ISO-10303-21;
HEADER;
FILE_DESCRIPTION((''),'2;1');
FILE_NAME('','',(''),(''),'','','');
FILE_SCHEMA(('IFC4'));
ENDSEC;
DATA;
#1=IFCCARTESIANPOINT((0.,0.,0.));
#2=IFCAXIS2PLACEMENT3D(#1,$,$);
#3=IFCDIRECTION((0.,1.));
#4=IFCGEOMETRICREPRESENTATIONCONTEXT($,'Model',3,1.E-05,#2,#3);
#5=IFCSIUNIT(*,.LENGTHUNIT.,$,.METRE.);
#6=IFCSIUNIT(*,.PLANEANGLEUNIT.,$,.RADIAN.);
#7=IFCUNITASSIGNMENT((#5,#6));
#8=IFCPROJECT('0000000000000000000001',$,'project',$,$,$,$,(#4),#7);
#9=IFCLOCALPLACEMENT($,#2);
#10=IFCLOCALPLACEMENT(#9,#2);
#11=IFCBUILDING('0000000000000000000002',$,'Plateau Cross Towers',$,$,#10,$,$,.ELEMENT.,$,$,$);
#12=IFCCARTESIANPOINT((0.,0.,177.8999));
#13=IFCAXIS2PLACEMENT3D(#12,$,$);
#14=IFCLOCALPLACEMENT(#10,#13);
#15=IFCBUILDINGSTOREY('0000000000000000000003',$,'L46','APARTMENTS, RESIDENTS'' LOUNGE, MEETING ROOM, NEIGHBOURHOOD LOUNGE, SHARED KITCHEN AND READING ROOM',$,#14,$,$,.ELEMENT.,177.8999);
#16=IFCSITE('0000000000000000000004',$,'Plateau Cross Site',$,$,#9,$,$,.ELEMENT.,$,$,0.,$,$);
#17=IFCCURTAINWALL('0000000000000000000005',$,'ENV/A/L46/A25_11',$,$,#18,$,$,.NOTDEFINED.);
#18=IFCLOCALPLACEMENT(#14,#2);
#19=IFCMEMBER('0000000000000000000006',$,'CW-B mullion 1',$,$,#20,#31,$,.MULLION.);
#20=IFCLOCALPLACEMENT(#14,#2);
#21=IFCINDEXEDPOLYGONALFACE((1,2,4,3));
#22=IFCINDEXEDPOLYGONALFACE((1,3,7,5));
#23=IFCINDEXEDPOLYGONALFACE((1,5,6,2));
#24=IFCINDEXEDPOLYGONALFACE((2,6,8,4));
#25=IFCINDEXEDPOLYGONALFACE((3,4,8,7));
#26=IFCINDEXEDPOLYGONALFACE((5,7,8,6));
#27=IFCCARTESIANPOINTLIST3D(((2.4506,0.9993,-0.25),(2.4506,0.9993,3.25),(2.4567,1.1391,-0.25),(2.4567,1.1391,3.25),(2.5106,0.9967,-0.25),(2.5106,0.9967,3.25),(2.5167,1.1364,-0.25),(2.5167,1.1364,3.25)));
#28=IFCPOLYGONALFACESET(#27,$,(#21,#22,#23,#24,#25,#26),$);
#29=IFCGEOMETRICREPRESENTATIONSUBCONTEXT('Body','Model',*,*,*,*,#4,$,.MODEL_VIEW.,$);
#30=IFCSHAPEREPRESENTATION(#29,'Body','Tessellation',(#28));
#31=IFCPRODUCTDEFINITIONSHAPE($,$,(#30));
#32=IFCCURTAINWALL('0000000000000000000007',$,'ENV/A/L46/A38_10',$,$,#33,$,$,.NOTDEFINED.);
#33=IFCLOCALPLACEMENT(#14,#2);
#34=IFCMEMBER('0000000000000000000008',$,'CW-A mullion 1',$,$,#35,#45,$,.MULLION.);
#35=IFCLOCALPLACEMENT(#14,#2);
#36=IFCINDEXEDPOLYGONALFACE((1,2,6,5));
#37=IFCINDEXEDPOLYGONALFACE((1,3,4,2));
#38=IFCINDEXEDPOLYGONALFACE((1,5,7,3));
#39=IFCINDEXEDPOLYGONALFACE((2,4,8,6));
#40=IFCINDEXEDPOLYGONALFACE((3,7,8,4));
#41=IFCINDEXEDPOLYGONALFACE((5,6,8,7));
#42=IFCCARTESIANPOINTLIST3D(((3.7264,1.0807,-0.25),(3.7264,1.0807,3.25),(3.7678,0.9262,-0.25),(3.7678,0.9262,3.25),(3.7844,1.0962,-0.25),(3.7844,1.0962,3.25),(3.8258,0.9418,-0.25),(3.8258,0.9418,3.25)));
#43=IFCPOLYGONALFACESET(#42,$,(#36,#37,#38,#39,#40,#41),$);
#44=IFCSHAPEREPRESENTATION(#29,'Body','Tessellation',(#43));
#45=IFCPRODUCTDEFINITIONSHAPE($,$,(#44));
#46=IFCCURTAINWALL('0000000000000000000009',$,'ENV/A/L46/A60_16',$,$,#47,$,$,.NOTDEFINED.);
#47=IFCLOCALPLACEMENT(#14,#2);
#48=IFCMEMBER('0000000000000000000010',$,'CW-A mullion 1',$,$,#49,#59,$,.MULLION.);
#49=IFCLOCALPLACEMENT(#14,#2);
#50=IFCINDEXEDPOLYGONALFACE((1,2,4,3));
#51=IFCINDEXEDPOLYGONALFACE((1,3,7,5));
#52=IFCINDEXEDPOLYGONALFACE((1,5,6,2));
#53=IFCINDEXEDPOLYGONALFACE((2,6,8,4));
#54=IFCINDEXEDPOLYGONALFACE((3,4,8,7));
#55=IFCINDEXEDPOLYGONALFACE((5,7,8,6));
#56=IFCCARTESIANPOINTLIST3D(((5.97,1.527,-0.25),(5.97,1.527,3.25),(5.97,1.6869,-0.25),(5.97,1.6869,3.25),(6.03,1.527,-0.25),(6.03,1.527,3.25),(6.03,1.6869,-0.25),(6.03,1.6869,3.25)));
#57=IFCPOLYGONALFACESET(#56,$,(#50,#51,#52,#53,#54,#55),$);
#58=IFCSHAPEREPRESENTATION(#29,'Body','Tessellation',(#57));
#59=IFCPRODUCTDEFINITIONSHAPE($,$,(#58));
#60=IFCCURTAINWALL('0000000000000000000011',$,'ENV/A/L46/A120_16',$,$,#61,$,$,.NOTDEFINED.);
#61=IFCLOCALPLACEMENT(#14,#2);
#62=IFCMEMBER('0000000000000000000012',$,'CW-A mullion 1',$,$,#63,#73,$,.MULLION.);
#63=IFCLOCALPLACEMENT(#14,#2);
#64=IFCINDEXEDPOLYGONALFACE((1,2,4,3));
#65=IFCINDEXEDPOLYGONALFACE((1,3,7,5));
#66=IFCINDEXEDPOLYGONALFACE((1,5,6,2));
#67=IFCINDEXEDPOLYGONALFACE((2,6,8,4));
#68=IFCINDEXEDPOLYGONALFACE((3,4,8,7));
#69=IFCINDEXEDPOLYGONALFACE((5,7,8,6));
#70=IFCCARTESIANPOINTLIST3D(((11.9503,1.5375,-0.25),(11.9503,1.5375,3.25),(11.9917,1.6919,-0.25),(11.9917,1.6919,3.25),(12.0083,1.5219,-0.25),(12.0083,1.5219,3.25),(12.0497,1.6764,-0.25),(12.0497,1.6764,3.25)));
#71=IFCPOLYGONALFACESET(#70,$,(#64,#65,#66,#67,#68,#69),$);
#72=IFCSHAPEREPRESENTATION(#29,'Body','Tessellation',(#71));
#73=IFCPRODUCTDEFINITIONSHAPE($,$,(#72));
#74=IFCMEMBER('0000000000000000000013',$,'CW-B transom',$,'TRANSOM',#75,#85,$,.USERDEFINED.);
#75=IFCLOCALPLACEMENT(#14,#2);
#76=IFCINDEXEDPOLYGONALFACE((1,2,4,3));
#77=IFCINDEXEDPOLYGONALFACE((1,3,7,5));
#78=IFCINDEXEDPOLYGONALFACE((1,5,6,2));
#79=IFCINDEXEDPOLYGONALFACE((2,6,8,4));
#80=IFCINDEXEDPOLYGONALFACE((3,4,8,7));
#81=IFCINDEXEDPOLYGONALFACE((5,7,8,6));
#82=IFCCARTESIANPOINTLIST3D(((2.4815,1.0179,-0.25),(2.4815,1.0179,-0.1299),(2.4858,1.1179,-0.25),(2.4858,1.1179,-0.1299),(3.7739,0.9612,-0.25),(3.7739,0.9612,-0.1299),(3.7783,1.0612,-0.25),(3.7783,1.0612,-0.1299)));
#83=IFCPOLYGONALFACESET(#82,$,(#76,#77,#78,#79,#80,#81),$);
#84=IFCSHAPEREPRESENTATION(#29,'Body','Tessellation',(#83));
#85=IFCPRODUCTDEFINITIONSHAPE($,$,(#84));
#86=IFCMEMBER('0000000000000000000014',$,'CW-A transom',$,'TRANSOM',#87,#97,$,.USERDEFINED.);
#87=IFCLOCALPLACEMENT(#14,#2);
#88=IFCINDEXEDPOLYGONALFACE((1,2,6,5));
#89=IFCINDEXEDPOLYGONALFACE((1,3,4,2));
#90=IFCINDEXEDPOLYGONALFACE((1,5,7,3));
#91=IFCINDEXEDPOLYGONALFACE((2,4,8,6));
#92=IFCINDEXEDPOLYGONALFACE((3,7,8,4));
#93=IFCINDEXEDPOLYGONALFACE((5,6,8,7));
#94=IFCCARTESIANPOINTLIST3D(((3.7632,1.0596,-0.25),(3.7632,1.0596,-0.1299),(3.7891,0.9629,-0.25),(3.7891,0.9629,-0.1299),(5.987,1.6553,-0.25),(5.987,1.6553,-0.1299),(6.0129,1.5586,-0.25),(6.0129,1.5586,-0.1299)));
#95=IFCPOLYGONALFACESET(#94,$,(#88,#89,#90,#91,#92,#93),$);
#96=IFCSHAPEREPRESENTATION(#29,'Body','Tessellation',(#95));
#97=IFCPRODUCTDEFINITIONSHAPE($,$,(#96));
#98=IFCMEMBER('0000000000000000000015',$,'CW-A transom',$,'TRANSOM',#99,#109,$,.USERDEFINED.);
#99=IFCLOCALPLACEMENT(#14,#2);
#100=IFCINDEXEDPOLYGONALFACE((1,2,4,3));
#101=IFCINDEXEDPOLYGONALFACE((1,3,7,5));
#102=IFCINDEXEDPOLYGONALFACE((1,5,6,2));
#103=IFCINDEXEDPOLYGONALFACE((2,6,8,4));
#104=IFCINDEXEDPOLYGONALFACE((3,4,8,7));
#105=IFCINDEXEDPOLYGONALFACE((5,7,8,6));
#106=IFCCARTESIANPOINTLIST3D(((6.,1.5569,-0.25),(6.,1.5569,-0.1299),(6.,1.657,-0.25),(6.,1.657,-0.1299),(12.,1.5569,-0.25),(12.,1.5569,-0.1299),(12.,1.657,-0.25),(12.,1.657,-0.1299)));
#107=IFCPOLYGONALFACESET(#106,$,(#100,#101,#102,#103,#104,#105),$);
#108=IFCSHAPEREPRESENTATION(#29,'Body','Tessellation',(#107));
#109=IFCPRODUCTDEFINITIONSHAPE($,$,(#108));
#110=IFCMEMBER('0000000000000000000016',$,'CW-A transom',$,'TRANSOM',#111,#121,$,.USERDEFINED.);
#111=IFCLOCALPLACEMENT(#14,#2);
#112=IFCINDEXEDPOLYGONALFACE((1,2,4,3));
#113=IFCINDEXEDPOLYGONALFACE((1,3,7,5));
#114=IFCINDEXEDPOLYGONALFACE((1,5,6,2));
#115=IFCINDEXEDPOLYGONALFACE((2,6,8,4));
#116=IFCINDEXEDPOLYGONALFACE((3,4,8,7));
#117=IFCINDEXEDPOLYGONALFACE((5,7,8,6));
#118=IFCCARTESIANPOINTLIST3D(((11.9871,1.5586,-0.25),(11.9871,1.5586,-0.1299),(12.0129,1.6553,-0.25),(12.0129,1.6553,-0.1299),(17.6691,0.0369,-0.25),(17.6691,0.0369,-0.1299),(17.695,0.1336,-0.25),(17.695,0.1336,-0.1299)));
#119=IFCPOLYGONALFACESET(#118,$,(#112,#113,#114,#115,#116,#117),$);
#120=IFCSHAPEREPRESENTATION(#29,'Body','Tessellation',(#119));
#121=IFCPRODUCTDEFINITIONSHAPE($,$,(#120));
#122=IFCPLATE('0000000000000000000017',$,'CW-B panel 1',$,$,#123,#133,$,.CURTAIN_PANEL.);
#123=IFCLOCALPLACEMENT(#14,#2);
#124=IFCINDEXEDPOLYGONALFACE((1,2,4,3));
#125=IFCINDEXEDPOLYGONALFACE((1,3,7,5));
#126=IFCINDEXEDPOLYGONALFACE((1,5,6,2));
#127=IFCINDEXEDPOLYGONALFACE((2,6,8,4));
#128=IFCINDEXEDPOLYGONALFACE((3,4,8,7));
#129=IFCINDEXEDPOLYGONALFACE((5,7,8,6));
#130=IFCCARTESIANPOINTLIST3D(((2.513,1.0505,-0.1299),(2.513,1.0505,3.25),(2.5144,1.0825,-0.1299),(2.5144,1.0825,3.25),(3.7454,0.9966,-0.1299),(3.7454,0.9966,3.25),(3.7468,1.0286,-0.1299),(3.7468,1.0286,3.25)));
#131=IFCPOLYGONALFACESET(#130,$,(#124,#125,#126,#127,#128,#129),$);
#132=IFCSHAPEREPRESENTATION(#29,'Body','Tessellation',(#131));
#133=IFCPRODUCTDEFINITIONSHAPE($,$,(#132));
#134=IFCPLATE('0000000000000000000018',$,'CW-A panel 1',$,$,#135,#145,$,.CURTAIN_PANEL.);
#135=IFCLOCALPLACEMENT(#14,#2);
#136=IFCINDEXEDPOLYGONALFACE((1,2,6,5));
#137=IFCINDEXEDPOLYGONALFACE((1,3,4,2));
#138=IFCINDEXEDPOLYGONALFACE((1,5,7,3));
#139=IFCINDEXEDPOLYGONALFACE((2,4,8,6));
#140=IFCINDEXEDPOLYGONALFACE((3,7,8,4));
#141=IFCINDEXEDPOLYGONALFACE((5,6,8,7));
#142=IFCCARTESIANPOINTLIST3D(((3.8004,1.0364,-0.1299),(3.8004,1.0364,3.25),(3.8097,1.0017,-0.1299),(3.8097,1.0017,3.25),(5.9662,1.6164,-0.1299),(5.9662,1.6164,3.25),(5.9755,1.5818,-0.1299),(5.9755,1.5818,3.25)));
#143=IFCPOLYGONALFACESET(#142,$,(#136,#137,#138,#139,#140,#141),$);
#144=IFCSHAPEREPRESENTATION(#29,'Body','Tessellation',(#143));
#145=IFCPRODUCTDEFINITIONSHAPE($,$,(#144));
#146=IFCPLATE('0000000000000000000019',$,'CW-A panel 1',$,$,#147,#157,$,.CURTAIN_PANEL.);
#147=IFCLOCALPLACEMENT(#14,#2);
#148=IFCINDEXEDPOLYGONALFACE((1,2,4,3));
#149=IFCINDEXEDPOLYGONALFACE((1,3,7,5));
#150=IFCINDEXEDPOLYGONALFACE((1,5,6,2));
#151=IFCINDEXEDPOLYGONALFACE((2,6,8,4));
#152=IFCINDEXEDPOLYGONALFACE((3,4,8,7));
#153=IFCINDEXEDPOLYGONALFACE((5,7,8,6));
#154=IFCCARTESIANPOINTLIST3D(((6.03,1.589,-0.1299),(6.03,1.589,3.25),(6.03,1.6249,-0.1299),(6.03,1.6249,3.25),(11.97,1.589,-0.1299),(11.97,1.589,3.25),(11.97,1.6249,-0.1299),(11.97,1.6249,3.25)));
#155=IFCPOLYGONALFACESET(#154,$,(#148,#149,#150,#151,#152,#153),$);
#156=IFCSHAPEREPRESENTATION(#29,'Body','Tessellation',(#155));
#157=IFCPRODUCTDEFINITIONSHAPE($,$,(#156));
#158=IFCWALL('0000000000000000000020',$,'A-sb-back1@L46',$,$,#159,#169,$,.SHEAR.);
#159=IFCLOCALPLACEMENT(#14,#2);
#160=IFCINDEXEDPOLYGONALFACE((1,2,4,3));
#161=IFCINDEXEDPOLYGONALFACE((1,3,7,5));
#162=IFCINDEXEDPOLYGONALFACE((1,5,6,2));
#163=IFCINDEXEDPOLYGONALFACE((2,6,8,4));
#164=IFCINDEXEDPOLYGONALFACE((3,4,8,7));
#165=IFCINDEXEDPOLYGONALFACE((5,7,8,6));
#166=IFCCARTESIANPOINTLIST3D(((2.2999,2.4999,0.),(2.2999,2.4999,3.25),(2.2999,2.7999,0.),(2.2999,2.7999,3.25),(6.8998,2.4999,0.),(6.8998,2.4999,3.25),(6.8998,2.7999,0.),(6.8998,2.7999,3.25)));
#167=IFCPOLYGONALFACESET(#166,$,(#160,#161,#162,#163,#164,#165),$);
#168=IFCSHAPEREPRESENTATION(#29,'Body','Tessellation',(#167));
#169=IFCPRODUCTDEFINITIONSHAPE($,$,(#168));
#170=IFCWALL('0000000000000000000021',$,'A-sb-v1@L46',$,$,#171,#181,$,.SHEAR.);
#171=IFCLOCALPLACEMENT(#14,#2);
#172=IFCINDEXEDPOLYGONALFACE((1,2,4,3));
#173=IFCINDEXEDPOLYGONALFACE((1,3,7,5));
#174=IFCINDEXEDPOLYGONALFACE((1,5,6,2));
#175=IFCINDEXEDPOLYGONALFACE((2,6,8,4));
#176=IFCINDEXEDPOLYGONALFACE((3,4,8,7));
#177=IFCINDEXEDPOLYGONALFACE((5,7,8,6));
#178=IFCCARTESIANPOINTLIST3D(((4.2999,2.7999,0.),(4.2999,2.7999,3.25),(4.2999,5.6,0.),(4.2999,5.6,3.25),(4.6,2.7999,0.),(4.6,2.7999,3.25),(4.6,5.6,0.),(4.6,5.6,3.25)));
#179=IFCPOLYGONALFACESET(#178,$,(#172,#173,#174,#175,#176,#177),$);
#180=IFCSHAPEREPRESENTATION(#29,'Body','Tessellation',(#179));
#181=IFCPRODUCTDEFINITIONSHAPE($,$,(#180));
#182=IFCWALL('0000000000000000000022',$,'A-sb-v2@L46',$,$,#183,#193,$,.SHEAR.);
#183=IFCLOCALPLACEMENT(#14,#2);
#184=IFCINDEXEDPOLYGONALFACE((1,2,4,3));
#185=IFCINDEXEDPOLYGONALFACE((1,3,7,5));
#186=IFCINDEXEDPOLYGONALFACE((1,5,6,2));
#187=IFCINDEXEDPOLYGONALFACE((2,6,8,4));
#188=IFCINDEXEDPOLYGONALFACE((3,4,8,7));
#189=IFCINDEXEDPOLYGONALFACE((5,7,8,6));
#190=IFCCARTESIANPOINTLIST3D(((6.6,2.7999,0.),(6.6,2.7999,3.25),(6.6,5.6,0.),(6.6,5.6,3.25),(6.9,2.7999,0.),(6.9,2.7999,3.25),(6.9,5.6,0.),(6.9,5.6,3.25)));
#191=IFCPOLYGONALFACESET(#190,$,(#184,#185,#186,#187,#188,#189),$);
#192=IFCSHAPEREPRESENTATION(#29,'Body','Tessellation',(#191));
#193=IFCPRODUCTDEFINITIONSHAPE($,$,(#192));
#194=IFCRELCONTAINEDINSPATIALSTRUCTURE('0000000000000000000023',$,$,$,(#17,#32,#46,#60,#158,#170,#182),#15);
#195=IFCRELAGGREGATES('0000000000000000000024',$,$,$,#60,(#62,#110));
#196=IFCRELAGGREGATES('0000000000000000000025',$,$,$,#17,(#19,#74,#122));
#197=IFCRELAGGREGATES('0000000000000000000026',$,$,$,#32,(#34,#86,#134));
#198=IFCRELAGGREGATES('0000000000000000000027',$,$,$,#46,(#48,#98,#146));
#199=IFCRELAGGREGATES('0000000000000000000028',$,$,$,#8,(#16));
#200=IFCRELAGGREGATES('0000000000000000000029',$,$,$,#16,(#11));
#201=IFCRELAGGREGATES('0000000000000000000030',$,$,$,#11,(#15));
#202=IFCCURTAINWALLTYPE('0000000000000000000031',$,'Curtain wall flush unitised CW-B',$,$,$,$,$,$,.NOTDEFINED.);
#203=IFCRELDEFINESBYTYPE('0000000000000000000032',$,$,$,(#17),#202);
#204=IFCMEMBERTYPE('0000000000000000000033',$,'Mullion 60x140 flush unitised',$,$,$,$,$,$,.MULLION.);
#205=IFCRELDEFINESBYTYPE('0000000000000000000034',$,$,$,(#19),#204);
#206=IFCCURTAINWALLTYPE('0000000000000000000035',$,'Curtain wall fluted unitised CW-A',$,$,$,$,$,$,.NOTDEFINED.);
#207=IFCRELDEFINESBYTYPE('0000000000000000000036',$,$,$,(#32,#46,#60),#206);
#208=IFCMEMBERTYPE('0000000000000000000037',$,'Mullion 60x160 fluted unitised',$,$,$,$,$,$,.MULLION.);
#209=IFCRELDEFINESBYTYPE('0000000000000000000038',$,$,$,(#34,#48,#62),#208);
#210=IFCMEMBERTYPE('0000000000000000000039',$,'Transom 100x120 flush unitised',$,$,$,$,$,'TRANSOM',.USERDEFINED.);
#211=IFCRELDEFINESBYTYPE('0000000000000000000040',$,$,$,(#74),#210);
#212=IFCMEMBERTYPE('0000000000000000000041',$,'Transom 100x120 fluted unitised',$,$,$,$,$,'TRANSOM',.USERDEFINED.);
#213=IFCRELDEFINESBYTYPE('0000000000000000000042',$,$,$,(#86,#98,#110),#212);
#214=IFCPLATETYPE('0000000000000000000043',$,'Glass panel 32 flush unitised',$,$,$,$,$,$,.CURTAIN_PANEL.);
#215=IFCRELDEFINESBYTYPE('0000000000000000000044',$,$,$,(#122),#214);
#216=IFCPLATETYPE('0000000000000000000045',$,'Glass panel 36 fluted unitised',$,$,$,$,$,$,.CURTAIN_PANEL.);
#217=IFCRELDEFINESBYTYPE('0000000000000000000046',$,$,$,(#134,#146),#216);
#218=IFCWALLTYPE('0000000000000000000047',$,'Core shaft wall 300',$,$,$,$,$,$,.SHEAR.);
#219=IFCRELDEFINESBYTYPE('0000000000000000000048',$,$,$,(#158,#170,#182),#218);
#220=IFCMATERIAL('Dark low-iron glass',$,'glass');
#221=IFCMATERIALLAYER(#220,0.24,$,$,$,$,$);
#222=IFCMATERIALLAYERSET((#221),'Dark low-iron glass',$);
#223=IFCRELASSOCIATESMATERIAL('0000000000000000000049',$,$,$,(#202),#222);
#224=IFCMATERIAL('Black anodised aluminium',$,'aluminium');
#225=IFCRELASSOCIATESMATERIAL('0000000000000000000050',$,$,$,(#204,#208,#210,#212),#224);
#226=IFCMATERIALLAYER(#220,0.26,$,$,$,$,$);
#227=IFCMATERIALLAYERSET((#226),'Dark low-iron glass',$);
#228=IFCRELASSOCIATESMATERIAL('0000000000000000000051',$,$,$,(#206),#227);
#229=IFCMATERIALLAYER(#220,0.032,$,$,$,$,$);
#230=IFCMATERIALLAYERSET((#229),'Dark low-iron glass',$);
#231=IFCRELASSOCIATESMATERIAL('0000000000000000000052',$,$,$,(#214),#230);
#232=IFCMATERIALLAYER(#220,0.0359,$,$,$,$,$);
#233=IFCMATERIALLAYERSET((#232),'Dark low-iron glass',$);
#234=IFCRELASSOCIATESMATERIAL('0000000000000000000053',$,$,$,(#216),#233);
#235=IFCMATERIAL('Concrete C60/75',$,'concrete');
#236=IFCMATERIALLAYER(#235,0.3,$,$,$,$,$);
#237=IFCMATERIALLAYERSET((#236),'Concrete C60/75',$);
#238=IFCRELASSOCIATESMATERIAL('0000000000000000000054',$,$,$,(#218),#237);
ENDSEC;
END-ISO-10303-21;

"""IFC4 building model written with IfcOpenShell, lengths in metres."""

from ifc_helpers import new_model, si_unit, direction, frame, frame_2d, origin, origin_2d, place, context, subcontext, project, spatial, rectangle, extrude, material, layer, layer_set, material_profile, profile_set, type_object, element, aggregate, save


model = new_model("IFC4")

# Units and contexts
model_context = context("Model", 3, precision=1e-05, world=origin(), true_north=direction((0.0, 1.0)))
body_context = subcontext(model_context, "Body", "Model", "MODEL_VIEW")
ifc_project = project(units=[si_unit("LENGTHUNIT", "METRE"), si_unit("PLANEANGLEUNIT", "RADIAN")], contexts=[model_context])

# Site, building, storey
site_placement = place(None, origin())
site = spatial("IfcSite", under=ifc_project, at=site_placement, Name="Plateau Cross Site", CompositionType="ELEMENT", RefElevation=0.0)
building_placement = place(site_placement, origin())
building = spatial("IfcBuilding", under=site, at=building_placement, Name="Plateau Cross Towers", CompositionType="ELEMENT")
storey_placement = place(building_placement, frame((0.0, 0.0, 177.8999)))
storey = spatial("IfcBuildingStorey", under=building, at=storey_placement, Name="L46", Description="APARTMENTS, RESIDENTS' LOUNGE, MEETING ROOM, NEIGHBOURHOOD LOUNGE, SHARED KITCHEN AND READING ROOM", CompositionType="ELEMENT", Elevation=177.8999)

# Curtain walls, members
ifc_material_1 = material(Name="Dark low-iron glass", Category="glass")
ifc_layer_1 = layer(ifc_material_1, 0.24)
ifc_layer_set_1 = layer_set([ifc_layer_1], Name="Dark low-iron glass")
curtain_wall_type_1 = type_object("IfcCurtainWallType", Name="Curtain wall flush unitised CW-B", PredefinedType="NOTDEFINED", material=ifc_layer_set_1)
curtain_wall_1_placement = place(storey_placement, origin())
curtain_wall_1 = element("IfcCurtainWall", 1, at=curtain_wall_1_placement, inside=storey, type_object=curtain_wall_type_1, Name="ENV/A/L46/A25_11", PredefinedType="NOTDEFINED")
ifc_material_2 = material(Name="Black anodised aluminium", Category="aluminium")
ifc_material_profile_1 = material_profile(ifc_material_2, rectangle(XDim=0.0601, YDim=0.1399, at=origin_2d()), Name="MULLION 60x140")
ifc_profile_set_1 = profile_set([ifc_material_profile_1], Name="Black anodised aluminium")
member_type_1 = type_object("IfcMemberType", Name="Mullion 60x140 flush unitised", PredefinedType="MULLION", material=ifc_profile_set_1)
member_1_placement = place(storey_placement, frame((2.4836, 1.0679, -0.25), z_axis=(0.0, 0.0, 1.0), x_axis=(0.999044, -0.043723, 0.0)))
member_1 = element("IfcMember", 2, at=member_1_placement, type_object=member_type_1, Name="CW-B mullion 1", PredefinedType="MULLION", context=body_context, shape_type="SweptSolid", body=[
    extrude(rectangle(XDim=0.0601, YDim=0.1399, at=origin_2d()), origin(), (0.0, 0.0, 1.0), 3.5),
])
ifc_layer_2 = layer(ifc_material_1, 0.26)
ifc_layer_set_2 = layer_set([ifc_layer_2], Name="Dark low-iron glass")
curtain_wall_type_2 = type_object("IfcCurtainWallType", Name="Curtain wall fluted unitised CW-A", PredefinedType="NOTDEFINED", material=ifc_layer_set_2)
curtain_wall_2_placement = place(storey_placement, origin())
curtain_wall_2 = element("IfcCurtainWall", 3, at=curtain_wall_2_placement, inside=storey, type_object=curtain_wall_type_2, Name="ENV/A/L46/A38_10", PredefinedType="NOTDEFINED")
ifc_material_profile_2 = material_profile(ifc_material_2, rectangle(XDim=0.0601, YDim=0.1599, at=origin_2d()), Name="MULLION 60x160")
ifc_profile_set_2 = profile_set([ifc_material_profile_2], Name="Black anodised aluminium")
member_type_2 = type_object("IfcMemberType", Name="Mullion 60x160 fluted unitised", PredefinedType="MULLION", material=ifc_profile_set_2)
member_2_placement = place(storey_placement, frame((3.7761, 1.0112, -0.25), z_axis=(0.0, 0.0, 1.0), x_axis=(0.965958, 0.258699, 0.0)))
member_2 = element("IfcMember", 4, at=member_2_placement, type_object=member_type_2, Name="CW-A mullion 1", PredefinedType="MULLION", context=body_context, shape_type="SweptSolid", body=[
    extrude(rectangle(XDim=0.0601, YDim=0.1599, at=origin_2d()), origin(), (0.0, 0.0, 1.0), 3.5),
])
curtain_wall_3_placement = place(storey_placement, origin())
curtain_wall_3 = element("IfcCurtainWall", 5, at=curtain_wall_3_placement, inside=storey, type_object=curtain_wall_type_2, Name="ENV/A/L46/A60_16", PredefinedType="NOTDEFINED")
member_3_placement = place(storey_placement, frame((6.0, 1.6069, -0.25), z_axis=(0.0, 0.0, 1.0), x_axis=(1.0, 0.0, 0.0)))
member_3 = element("IfcMember", 6, at=member_3_placement, type_object=member_type_2, Name="CW-A mullion 1", PredefinedType="MULLION", context=body_context, shape_type="SweptSolid", body=[
    extrude(rectangle(XDim=0.0601, YDim=0.1599, at=origin_2d()), origin(), (0.0, 0.0, 1.0), 3.5),
])
curtain_wall_4_placement = place(storey_placement, origin())
curtain_wall_4 = element("IfcCurtainWall", 7, at=curtain_wall_4_placement, inside=storey, type_object=curtain_wall_type_2, Name="ENV/A/L46/A120_16", PredefinedType="NOTDEFINED")
member_4_placement = place(storey_placement, frame((12.0, 1.6069, -0.25), z_axis=(0.0, 0.0, 1.0), x_axis=(0.965958, -0.258699, 0.0)))
member_4 = element("IfcMember", 8, at=member_4_placement, type_object=member_type_2, Name="CW-A mullion 1", PredefinedType="MULLION", context=body_context, shape_type="SweptSolid", body=[
    extrude(rectangle(XDim=0.0601, YDim=0.1599, at=origin_2d()), origin(), (0.0, 0.0, 1.0), 3.5),
])

# Members
ifc_material_profile_3 = material_profile(ifc_material_2, rectangle(XDim=0.1001, YDim=0.1201, at=origin_2d()), Name="TRANSOM 100x120")
ifc_profile_set_3 = profile_set([ifc_material_profile_3], Name="Black anodised aluminium")
member_type_3 = type_object("IfcMemberType", Name="Transom 100x120 flush unitised", ElementType="TRANSOM", PredefinedType="USERDEFINED", material=ifc_profile_set_3)
member_5_placement = place(storey_placement, frame((2.4836, 1.0679, -0.1899), z_axis=(0.999041, -0.043781, 0.0), x_axis=(0.043781, 0.999041, 0.0)))
member_5 = element("IfcMember", 9, at=member_5_placement, type_object=member_type_3, Name="CW-B transom", ObjectType="TRANSOM", PredefinedType="USERDEFINED", context=body_context, shape_type="SweptSolid", body=[
    extrude(rectangle(XDim=0.1001, YDim=0.1201, at=origin_2d()), origin(), (0.0, 0.0, 1.0), 1.2937),
])
ifc_material_profile_4 = material_profile(ifc_material_2, rectangle(XDim=0.1001, YDim=0.1201, at=origin_2d()), Name="TRANSOM 100x120")
ifc_profile_set_4 = profile_set([ifc_material_profile_4], Name="Black anodised aluminium")
member_type_4 = type_object("IfcMemberType", Name="Transom 100x120 fluted unitised", ElementType="TRANSOM", PredefinedType="USERDEFINED", material=ifc_profile_set_4)
member_6_placement = place(storey_placement, frame((3.7761, 1.0112, -0.1899), z_axis=(0.965946, 0.258745, 0.0), x_axis=(-0.258745, 0.965946, 0.0)))
member_6 = element("IfcMember", 10, at=member_6_placement, type_object=member_type_4, Name="CW-A transom", ObjectType="TRANSOM", PredefinedType="USERDEFINED", context=body_context, shape_type="SweptSolid", body=[
    extrude(rectangle(XDim=0.1001, YDim=0.1201, at=origin_2d()), origin(), (0.0, 0.0, 1.0), 2.3022),
])
member_7_placement = place(storey_placement, frame((6.0, 1.6069, -0.1899), z_axis=(1.0, 0.0, 0.0), x_axis=(0.0, 1.0, 0.0)))
member_7 = element("IfcMember", 11, at=member_7_placement, type_object=member_type_4, Name="CW-A transom", ObjectType="TRANSOM", PredefinedType="USERDEFINED", context=body_context, shape_type="SweptSolid", body=[
    extrude(rectangle(XDim=0.1001, YDim=0.1201, at=origin_2d()), origin(), (0.0, 0.0, 1.0), 6.0),
])
member_8_placement = place(storey_placement, frame((12.0, 1.6069, -0.1899), z_axis=(0.96596, -0.258693, 0.0), x_axis=(0.258693, 0.96596, 0.0)))
member_8 = element("IfcMember", 12, at=member_8_placement, type_object=member_type_4, Name="CW-A transom", ObjectType="TRANSOM", PredefinedType="USERDEFINED", context=body_context, shape_type="SweptSolid", body=[
    extrude(rectangle(XDim=0.1001, YDim=0.1201, at=origin_2d()), origin(), (0.0, 0.0, 1.0), 5.8823),
])
aggregate(curtain_wall_4, [member_4, member_8])

# Plates
ifc_layer_3 = layer(ifc_material_1, 0.032)
ifc_layer_set_3 = layer_set([ifc_layer_3], Name="Dark low-iron glass")
plate_type_1 = type_object("IfcPlateType", Name="Glass panel 32 flush unitised", PredefinedType="CURTAIN_PANEL", material=ifc_layer_set_3)
plate_1_placement = place(storey_placement, frame((3.1299, 1.0396, -0.1299), z_axis=(0.0, 0.0, 1.0), x_axis=(0.999044, -0.043723, 0.0)))
plate_1 = element("IfcPlate", 13, at=plate_1_placement, type_object=plate_type_1, Name="CW-B panel 1", PredefinedType="CURTAIN_PANEL", context=body_context, shape_type="SweptSolid", body=[
    extrude(rectangle(XDim=1.2336, YDim=0.032, at=origin_2d()), origin(), (0.0, 0.0, 1.0), 3.3799),
])
aggregate(curtain_wall_1, [member_1, member_5, plate_1])
ifc_layer_4 = layer(ifc_material_1, 0.0359)
ifc_layer_set_4 = layer_set([ifc_layer_4], Name="Dark low-iron glass")
plate_type_2 = type_object("IfcPlateType", Name="Glass panel 36 fluted unitised", PredefinedType="CURTAIN_PANEL", material=ifc_layer_set_4)
plate_2_placement = place(storey_placement, frame((4.8879, 1.3091, -0.1299), z_axis=(0.0, 0.0, 1.0), x_axis=(0.965958, 0.258699, 0.0)))
plate_2 = element("IfcPlate", 14, at=plate_2_placement, type_object=plate_type_2, Name="CW-A panel 1", PredefinedType="CURTAIN_PANEL", context=body_context, shape_type="SweptSolid", body=[
    extrude(rectangle(XDim=2.2422, YDim=0.0359, at=origin_2d()), origin(), (0.0, 0.0, 1.0), 3.3799),
])
aggregate(curtain_wall_2, [member_2, member_6, plate_2])
plate_3_placement = place(storey_placement, frame((9.0, 1.6069, -0.1299), z_axis=(0.0, 0.0, 1.0), x_axis=(1.0, 0.0, 0.0)))
plate_3 = element("IfcPlate", 15, at=plate_3_placement, type_object=plate_type_2, Name="CW-A panel 1", PredefinedType="CURTAIN_PANEL", context=body_context, shape_type="SweptSolid", body=[
    extrude(rectangle(XDim=5.9399, YDim=0.0359, at=origin_2d()), origin(), (0.0, 0.0, 1.0), 3.3799),
])
aggregate(curtain_wall_3, [member_3, member_7, plate_3])

# Walls
ifc_material_3 = material(Name="Concrete C60/75", Category="concrete")
ifc_layer_5 = layer(ifc_material_3, 0.3)
ifc_layer_set_5 = layer_set([ifc_layer_5], Name="Concrete C60/75")
wall_type_1 = type_object("IfcWallType", Name="Core shaft wall 300", PredefinedType="SHEAR", material=ifc_layer_set_5)
wall_1_placement = place(storey_placement, frame((2.3, 2.6499, 0.0), z_axis=(0.0, 0.0, 1.0), x_axis=(1.0, 0.0, 0.0)))
element("IfcWall", 16, at=wall_1_placement, inside=storey, type_object=wall_type_1, Name="A-sb-back1@L46", PredefinedType="SHEAR", context=body_context, shape_type="SweptSolid", body=[
    extrude(rectangle(XDim=4.5999, YDim=0.3, at=frame_2d((2.2998, 0.0))), origin(), (0.0, 0.0, 1.0), 3.25),
])
for number, where, z_axis, x_axis, name in (
    (17, (4.45, 2.8, 0.0), (0.0, 0.0, 1.0), (0.0, 1.0, 0.0), "A-sb-v1@L46"),
    (18, (6.75, 2.8, 0.0), (0.0, 0.0, 1.0), (0.0, 1.0, 0.0), "A-sb-v2@L46"),
):
    element("IfcWall", number, at=place(storey_placement, frame(where, z_axis=z_axis, x_axis=x_axis)), inside=storey, type_object=wall_type_1, Name=name, PredefinedType="SHEAR", context=body_context, shape_type="SweptSolid", body=[
        extrude(rectangle(XDim=2.8, YDim=0.3, at=frame_2d((1.3999, 0.0))), origin(), (0.0, 0.0, 1.0), 3.25),
    ])

save(model, "model.ifc")
